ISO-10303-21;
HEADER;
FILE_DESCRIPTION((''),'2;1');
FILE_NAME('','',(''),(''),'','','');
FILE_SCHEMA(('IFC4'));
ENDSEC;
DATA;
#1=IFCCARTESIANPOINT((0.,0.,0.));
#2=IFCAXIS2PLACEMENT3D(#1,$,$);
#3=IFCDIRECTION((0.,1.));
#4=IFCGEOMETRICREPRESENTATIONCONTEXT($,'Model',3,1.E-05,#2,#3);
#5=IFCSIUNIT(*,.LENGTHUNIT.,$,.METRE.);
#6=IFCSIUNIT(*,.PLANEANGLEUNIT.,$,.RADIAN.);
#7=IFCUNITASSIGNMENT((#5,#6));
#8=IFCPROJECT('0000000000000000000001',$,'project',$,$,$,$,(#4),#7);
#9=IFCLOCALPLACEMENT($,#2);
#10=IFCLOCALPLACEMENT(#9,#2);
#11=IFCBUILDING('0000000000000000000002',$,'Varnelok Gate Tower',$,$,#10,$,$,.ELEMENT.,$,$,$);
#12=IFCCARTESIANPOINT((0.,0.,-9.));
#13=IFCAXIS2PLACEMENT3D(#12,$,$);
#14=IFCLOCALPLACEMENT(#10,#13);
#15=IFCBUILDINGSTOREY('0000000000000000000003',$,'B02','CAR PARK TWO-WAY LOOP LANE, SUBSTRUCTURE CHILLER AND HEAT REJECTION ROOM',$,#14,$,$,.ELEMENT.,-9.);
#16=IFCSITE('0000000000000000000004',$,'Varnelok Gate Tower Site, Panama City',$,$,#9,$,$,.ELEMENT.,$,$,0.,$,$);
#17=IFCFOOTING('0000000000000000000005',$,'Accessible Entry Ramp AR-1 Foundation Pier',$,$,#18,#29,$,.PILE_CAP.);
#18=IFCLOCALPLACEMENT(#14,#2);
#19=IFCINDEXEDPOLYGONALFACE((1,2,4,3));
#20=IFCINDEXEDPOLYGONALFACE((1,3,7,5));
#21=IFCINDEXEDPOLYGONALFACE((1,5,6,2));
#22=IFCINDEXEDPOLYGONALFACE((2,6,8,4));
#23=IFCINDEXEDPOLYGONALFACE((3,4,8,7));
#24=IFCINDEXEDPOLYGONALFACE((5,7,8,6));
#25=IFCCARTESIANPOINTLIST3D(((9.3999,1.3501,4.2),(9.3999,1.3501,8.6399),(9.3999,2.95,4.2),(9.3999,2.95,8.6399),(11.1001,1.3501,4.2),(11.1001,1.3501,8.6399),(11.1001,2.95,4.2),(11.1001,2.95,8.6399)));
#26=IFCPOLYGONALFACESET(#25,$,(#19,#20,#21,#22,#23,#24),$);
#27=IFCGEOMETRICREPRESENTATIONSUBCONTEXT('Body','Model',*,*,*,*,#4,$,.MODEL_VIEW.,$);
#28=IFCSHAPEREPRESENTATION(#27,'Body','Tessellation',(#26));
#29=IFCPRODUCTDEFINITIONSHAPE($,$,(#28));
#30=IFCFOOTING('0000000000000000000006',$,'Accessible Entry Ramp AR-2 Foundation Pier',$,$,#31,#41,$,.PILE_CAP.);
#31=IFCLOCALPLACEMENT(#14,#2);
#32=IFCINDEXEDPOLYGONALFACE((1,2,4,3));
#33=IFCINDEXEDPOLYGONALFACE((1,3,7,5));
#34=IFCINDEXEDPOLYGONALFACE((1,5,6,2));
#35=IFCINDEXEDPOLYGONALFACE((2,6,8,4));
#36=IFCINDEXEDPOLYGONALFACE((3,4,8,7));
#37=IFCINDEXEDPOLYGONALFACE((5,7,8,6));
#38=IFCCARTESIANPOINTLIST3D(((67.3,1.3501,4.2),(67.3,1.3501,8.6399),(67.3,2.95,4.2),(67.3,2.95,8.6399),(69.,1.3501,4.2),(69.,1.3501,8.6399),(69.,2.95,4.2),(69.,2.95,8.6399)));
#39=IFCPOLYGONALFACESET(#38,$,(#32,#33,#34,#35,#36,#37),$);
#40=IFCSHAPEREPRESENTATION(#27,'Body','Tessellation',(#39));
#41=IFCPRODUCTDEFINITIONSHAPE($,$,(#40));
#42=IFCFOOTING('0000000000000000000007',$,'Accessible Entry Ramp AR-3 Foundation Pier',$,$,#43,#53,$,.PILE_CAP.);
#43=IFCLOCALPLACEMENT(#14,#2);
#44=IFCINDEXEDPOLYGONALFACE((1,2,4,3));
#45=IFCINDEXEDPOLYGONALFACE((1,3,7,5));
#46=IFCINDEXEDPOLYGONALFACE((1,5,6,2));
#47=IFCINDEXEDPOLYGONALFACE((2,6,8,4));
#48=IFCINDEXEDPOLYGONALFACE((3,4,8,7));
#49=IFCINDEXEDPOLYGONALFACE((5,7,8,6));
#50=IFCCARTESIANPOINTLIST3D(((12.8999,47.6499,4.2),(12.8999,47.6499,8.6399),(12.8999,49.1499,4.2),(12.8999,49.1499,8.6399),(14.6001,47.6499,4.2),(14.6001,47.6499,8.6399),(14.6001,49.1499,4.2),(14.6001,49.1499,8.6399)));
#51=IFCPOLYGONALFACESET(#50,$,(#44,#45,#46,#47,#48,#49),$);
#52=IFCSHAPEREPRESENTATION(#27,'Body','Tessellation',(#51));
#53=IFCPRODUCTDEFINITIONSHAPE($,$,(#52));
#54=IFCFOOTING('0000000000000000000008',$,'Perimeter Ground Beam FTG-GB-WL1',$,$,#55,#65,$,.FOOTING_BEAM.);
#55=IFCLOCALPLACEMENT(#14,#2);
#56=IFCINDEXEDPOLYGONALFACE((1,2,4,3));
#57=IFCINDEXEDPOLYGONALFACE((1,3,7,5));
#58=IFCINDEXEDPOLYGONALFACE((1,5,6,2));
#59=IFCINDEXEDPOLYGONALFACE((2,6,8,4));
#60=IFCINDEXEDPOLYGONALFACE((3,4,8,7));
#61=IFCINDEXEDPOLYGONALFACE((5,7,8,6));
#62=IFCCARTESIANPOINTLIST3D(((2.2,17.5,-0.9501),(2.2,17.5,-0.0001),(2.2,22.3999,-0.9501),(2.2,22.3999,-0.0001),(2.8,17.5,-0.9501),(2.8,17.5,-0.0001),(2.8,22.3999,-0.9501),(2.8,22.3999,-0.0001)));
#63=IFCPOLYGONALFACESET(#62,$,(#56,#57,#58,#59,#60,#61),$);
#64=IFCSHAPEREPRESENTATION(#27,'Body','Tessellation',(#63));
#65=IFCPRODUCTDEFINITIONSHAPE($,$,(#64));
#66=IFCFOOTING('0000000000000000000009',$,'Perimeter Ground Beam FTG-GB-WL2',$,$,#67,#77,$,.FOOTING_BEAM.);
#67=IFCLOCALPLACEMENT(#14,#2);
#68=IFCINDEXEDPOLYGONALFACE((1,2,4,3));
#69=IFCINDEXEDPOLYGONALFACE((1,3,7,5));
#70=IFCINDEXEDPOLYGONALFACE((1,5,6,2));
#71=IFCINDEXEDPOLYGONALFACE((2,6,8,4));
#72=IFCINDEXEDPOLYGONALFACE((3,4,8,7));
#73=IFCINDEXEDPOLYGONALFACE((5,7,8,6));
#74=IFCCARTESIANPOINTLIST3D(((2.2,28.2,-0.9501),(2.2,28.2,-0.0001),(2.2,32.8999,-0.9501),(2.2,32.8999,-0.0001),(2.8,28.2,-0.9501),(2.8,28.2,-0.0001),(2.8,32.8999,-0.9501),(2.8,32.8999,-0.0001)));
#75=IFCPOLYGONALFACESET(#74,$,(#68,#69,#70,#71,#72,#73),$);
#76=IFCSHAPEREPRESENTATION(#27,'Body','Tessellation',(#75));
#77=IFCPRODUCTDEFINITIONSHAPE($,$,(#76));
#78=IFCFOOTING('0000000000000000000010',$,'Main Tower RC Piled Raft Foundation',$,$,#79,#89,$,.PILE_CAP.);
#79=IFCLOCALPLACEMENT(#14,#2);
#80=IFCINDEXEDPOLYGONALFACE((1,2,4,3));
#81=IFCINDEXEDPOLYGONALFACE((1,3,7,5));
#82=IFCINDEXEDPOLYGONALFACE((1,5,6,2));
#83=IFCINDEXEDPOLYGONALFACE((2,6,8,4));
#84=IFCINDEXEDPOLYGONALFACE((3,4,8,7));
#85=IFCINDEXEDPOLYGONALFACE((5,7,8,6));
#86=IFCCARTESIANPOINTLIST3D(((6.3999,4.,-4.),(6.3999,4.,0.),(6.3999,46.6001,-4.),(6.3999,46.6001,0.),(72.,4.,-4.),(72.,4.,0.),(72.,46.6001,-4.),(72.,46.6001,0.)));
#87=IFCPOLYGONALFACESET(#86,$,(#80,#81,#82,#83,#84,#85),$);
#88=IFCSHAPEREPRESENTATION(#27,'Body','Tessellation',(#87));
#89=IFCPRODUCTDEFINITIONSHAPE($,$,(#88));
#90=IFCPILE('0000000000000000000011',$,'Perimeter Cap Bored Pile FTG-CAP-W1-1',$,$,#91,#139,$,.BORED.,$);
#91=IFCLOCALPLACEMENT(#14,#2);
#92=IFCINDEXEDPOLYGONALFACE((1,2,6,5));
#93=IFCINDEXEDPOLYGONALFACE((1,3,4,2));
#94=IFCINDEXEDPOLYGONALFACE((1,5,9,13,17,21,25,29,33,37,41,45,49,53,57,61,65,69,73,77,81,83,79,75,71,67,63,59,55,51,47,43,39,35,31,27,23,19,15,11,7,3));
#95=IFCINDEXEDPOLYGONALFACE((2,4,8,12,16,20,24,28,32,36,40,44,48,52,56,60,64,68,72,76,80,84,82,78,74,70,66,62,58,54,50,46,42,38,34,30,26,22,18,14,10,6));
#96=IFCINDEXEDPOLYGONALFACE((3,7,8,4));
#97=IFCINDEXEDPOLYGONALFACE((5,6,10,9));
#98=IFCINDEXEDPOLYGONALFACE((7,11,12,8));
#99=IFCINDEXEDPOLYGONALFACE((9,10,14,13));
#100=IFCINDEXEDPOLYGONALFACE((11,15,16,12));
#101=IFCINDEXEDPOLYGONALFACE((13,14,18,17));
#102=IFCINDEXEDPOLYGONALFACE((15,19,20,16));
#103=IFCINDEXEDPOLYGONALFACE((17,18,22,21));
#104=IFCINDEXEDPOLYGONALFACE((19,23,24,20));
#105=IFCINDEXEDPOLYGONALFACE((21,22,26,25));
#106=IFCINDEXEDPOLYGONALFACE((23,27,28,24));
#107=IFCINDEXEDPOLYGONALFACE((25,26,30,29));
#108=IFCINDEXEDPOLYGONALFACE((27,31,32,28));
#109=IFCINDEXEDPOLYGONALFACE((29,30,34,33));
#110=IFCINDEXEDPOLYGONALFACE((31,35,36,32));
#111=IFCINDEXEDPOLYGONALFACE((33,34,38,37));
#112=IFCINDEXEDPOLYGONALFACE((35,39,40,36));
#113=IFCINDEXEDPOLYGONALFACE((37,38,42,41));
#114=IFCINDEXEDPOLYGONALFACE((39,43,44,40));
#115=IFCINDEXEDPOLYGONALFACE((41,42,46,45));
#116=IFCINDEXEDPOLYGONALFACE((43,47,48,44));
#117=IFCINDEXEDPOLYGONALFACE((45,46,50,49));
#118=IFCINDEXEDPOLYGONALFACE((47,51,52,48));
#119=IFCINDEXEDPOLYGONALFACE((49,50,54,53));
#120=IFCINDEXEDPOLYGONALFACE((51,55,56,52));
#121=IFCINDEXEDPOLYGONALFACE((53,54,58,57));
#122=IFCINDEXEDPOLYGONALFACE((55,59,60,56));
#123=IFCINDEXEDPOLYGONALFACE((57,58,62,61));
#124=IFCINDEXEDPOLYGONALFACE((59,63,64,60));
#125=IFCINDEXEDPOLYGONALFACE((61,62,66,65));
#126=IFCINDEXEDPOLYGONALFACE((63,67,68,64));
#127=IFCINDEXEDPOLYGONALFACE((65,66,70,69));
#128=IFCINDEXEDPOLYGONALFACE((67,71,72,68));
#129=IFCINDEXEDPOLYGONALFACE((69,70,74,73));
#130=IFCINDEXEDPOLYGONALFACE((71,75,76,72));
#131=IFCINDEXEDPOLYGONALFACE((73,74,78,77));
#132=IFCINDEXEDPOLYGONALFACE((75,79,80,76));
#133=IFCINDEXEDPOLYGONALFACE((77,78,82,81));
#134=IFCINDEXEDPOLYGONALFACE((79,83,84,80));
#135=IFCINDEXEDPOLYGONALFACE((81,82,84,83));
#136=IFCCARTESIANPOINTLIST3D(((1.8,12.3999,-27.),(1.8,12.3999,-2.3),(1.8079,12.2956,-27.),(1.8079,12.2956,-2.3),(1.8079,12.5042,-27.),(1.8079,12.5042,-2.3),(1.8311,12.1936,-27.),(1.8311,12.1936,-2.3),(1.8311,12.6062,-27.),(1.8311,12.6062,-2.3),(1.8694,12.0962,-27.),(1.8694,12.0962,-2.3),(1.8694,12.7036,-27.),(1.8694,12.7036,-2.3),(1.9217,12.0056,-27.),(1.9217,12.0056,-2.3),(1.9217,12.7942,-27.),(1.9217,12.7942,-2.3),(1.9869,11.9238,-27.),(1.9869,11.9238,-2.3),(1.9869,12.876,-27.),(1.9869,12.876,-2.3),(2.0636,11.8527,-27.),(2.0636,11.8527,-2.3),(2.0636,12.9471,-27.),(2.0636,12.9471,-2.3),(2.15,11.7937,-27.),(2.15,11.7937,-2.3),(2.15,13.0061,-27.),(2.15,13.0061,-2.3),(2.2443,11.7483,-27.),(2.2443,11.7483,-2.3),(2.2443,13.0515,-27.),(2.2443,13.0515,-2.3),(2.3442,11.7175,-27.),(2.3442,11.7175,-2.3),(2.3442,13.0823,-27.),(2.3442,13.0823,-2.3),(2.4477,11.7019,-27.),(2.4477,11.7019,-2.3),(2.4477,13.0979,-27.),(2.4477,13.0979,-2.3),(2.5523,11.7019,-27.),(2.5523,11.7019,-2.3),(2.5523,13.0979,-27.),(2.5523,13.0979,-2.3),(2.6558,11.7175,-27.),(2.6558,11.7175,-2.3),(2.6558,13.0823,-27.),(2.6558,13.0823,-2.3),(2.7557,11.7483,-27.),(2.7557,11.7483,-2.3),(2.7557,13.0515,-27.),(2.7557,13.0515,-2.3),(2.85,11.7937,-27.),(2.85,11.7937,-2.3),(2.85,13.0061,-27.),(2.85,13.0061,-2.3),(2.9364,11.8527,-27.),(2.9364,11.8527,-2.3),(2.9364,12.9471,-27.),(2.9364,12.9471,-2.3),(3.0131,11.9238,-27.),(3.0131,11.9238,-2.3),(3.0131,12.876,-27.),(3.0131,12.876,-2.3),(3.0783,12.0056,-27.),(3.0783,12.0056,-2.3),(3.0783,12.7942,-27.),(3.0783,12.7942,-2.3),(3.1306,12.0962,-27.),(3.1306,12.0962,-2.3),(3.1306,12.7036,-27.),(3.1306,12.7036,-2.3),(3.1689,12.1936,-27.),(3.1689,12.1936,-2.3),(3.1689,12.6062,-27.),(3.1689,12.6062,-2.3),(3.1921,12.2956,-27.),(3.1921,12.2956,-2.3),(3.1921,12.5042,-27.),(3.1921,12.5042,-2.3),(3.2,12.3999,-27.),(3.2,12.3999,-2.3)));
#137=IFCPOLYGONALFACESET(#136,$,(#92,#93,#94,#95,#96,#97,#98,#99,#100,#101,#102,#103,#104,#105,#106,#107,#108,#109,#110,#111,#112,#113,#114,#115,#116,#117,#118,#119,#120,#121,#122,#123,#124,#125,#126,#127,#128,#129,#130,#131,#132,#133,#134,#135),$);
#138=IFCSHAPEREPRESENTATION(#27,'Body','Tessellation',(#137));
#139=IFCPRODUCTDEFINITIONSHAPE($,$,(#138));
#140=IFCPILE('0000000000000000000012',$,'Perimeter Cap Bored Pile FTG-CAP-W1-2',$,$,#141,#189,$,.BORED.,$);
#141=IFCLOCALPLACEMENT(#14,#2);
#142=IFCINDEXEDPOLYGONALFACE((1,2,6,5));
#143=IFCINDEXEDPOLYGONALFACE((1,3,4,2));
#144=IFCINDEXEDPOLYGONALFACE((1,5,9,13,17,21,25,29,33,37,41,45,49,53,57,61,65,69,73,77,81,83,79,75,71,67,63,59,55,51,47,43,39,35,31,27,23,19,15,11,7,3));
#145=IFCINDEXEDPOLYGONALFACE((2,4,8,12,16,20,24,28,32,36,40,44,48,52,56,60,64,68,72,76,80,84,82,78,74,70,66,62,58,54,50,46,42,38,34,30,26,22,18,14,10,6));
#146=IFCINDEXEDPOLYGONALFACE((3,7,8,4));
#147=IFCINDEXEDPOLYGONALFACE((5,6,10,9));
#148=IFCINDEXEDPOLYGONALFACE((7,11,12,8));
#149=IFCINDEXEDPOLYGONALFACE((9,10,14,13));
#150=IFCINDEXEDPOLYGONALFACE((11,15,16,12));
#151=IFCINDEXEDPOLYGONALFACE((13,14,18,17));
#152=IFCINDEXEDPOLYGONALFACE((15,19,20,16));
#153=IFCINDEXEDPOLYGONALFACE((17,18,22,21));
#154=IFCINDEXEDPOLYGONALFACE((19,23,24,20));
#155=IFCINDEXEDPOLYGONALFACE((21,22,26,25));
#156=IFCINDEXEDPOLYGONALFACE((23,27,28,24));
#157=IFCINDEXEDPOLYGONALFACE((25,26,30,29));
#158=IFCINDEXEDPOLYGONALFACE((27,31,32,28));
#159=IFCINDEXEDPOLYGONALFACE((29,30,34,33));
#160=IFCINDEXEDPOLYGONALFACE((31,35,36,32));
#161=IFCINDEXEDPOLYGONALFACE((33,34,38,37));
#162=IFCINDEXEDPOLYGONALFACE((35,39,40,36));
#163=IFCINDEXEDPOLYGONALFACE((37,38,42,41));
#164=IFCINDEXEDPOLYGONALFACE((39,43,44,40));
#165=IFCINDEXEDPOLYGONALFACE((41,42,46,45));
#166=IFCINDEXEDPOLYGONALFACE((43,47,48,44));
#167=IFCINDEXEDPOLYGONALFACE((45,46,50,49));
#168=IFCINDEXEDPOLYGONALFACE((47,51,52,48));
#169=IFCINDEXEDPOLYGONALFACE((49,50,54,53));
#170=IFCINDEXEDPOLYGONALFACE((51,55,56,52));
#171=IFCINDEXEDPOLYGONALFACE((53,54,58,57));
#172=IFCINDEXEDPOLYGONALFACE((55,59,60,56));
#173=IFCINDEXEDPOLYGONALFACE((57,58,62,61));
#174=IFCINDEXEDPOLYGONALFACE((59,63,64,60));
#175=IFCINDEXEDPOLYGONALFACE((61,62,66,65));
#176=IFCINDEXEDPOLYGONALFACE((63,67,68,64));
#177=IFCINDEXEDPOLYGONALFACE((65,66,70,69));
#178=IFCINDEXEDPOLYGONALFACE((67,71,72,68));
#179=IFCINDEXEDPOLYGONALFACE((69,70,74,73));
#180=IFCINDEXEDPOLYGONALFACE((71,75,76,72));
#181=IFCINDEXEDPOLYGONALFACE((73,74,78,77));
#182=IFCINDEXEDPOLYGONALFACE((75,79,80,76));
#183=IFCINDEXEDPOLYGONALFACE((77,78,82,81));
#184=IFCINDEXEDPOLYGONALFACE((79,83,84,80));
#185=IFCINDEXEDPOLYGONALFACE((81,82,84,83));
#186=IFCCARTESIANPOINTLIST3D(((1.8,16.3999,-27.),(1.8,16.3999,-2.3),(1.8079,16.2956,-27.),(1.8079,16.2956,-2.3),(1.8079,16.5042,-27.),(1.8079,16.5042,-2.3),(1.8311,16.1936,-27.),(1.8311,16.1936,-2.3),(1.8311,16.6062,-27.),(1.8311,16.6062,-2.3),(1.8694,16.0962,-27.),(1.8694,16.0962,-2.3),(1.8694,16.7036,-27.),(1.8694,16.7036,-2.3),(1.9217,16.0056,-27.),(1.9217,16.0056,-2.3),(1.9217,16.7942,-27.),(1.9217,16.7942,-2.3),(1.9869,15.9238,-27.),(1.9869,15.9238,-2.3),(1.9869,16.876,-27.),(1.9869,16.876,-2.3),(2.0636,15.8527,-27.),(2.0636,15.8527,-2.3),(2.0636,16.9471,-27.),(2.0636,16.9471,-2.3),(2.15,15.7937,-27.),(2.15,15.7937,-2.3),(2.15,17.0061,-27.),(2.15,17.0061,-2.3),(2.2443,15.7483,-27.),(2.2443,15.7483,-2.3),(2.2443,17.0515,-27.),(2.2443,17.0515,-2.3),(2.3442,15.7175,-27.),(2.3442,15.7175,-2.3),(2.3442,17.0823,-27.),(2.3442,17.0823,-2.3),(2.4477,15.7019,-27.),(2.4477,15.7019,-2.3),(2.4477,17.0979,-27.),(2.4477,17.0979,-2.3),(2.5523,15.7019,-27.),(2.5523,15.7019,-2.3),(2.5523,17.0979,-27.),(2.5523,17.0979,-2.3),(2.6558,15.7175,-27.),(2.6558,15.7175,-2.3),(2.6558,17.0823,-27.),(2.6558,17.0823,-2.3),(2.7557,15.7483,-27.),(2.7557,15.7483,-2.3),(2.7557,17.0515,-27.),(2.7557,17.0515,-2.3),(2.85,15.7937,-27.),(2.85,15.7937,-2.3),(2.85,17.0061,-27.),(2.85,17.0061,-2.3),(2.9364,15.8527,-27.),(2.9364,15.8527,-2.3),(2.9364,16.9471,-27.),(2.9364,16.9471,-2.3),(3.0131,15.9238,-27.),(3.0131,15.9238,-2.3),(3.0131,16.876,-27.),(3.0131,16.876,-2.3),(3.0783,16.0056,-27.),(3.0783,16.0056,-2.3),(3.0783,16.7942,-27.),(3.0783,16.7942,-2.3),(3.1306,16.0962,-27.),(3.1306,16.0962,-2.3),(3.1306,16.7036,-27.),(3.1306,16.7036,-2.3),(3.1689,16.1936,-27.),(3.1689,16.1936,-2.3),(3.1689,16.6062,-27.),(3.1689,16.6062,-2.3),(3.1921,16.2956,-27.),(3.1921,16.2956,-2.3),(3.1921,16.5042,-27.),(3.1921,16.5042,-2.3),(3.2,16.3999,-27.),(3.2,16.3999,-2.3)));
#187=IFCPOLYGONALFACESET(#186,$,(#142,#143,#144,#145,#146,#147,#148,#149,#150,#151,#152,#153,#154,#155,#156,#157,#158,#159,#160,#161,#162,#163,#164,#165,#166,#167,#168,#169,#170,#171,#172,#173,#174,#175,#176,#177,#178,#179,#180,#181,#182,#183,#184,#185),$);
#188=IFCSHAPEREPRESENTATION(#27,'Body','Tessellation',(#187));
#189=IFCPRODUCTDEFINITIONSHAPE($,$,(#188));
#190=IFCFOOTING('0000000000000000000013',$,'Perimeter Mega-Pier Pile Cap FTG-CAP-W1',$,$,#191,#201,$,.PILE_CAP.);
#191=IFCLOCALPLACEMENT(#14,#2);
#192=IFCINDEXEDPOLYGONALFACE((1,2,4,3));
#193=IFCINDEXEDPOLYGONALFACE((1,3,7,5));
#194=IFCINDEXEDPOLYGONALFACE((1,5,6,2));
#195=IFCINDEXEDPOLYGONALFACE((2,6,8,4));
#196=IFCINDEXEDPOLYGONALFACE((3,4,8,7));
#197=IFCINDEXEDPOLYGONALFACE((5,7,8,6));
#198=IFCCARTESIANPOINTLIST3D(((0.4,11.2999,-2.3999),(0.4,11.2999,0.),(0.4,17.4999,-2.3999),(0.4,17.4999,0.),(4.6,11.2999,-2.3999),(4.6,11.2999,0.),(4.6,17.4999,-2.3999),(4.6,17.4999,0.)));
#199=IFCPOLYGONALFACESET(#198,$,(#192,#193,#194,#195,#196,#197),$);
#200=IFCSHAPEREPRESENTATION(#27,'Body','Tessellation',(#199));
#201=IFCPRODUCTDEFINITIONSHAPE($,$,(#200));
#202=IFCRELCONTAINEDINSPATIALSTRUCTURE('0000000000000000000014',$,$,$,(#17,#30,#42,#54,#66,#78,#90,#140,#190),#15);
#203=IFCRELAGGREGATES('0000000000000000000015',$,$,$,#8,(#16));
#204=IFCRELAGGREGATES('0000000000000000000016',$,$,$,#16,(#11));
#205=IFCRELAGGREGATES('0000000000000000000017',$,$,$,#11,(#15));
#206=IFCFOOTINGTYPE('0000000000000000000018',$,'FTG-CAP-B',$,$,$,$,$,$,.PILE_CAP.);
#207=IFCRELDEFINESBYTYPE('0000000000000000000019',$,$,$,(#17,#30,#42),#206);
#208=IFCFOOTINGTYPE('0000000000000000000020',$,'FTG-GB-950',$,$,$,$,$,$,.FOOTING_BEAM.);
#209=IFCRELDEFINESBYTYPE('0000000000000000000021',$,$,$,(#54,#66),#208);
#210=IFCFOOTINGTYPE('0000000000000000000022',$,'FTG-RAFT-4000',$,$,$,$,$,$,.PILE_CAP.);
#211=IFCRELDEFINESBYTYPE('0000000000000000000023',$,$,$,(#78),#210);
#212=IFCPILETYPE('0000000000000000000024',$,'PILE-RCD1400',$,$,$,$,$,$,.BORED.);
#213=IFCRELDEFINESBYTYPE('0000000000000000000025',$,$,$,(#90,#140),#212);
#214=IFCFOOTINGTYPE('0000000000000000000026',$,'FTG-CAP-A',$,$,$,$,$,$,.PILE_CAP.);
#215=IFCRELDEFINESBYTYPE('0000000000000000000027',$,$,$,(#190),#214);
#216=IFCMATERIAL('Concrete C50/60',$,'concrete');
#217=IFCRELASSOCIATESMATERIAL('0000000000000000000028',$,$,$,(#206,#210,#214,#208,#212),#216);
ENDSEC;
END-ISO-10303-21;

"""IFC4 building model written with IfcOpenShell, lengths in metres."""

from ifc_helpers import new_model, si_unit, direction, frame, origin, origin_2d, place, context, subcontext, project, spatial, polyline, rectangle, circle, outline, extrude, source, transform, mapped, material, material_profile, profile_set, type_object, element, save


model = new_model("IFC4")

# Units and contexts
model_context = context("Model", 3, precision=1e-05, world=origin(), true_north=direction((0.0, 1.0)))
body_context = subcontext(model_context, "Body", "Model", "MODEL_VIEW")
ifc_project = project(units=[si_unit("LENGTHUNIT", "METRE"), si_unit("PLANEANGLEUNIT", "RADIAN")], contexts=[model_context])

# Site, building, storey
site_placement = place(None, origin())
site = spatial("IfcSite", under=ifc_project, at=site_placement, Name="Varnelok Gate Tower Site, Panama City", CompositionType="ELEMENT", RefElevation=0.0)
building_placement = place(site_placement, origin())
building = spatial("IfcBuilding", under=site, at=building_placement, Name="Varnelok Gate Tower", CompositionType="ELEMENT")
storey_placement = place(building_placement, frame((0.0, 0.0, -9.0)))
storey = spatial("IfcBuildingStorey", under=building, at=storey_placement, Name="B02", Description="CAR PARK TWO-WAY LOOP LANE, SUBSTRUCTURE CHILLER AND HEAT REJECTION ROOM", CompositionType="ELEMENT", Elevation=-9.0)

# Footings
ifc_material_1 = material(Name="Concrete C50/60", Category="concrete")
footing_type_1 = type_object("IfcFootingType", Name="FTG-CAP-B", PredefinedType="PILE_CAP", material=ifc_material_1)
footing_1_placement = place(storey_placement, frame((0.0, 0.0, 4.2)))
element("IfcFooting", 1, at=footing_1_placement, inside=storey, type_object=footing_type_1, Name="Accessible Entry Ramp AR-1 Foundation Pier", PredefinedType="PILE_CAP", context=body_context, shape_type="SweptSolid", body=[
    extrude(outline(polyline([(9.3999, 1.3501), (11.1001, 1.3501), (11.1001, 2.95), (9.3999, 2.95), (9.3999, 1.3501)])), origin(), (0.0, 0.0, 1.0), 4.4399),
])
footing_2_placement = place(storey_placement, frame((0.0, 0.0, 4.2)))
element("IfcFooting", 2, at=footing_2_placement, inside=storey, type_object=footing_type_1, Name="Accessible Entry Ramp AR-2 Foundation Pier", PredefinedType="PILE_CAP", context=body_context, shape_type="SweptSolid", body=[
    extrude(outline(polyline([(67.3, 1.3501), (69.0, 1.3501), (69.0, 2.95), (67.3, 2.95), (67.3, 1.3501)])), origin(), (0.0, 0.0, 1.0), 4.4399),
])
footing_3_placement = place(storey_placement, frame((0.0, 0.0, 4.2)))
element("IfcFooting", 3, at=footing_3_placement, inside=storey, type_object=footing_type_1, Name="Accessible Entry Ramp AR-3 Foundation Pier", PredefinedType="PILE_CAP", context=body_context, shape_type="SweptSolid", body=[
    extrude(outline(polyline([(12.8999, 47.6499), (14.6001, 47.6499), (14.6001, 49.1499), (12.8999, 49.1499), (12.8999, 47.6499)])), origin(), (0.0, 0.0, 1.0), 4.4399),
])
ifc_material_profile_1 = material_profile(ifc_material_1, rectangle(XDim=0.6001, YDim=0.95, at=origin_2d()), Name="RC950X600")
ifc_profile_set_1 = profile_set([ifc_material_profile_1], Name="Concrete C50/60")
footing_type_2 = type_object("IfcFootingType", Name="FTG-GB-950", PredefinedType="FOOTING_BEAM", material=ifc_profile_set_1)
footing_4_placement = place(storey_placement, frame((2.5, 17.5, -0.4751), z_axis=(0.0, 1.0, 0.0), x_axis=(-1.0, 0.0, 0.0)))
element("IfcFooting", 4, at=footing_4_placement, inside=storey, type_object=footing_type_2, Name="Perimeter Ground Beam FTG-GB-WL1", PredefinedType="FOOTING_BEAM", context=body_context, shape_type="SweptSolid", body=[
    extrude(rectangle(XDim=0.6001, YDim=0.95, at=origin_2d()), origin(), (0.0, 0.0, 1.0), 4.8999),
])
footing_5_placement = place(storey_placement, frame((2.5, 28.2, -0.4751), z_axis=(0.0, 1.0, 0.0), x_axis=(-1.0, 0.0, 0.0)))
element("IfcFooting", 5, at=footing_5_placement, inside=storey, type_object=footing_type_2, Name="Perimeter Ground Beam FTG-GB-WL2", PredefinedType="FOOTING_BEAM", context=body_context, shape_type="SweptSolid", body=[
    extrude(rectangle(XDim=0.6001, YDim=0.95, at=origin_2d()), origin(), (0.0, 0.0, 1.0), 4.7),
])
footing_type_3 = type_object("IfcFootingType", Name="FTG-RAFT-4000", PredefinedType="PILE_CAP", material=ifc_material_1)
footing_6_placement = place(storey_placement, frame((0.0, 0.0, -4.0)))
element("IfcFooting", 6, at=footing_6_placement, inside=storey, type_object=footing_type_3, Name="Main Tower RC Piled Raft Foundation", PredefinedType="PILE_CAP", context=body_context, shape_type="SweptSolid", body=[
    extrude(outline(polyline([(6.3999, 4.0), (72.0, 4.0), (72.0, 46.6001), (6.3999, 46.6001), (6.3999, 4.0)])), origin(), (0.0, 0.0, 1.0), 4.0),
])

# Piles
ifc_material_profile_2 = material_profile(ifc_material_1, circle(Radius=0.7, at=origin_2d()), Name="RCD1400")
ifc_profile_set_2 = profile_set([ifc_material_profile_2], Name="Concrete C50/60")
pile_type = type_object("IfcPileType", Name="PILE-RCD1400", PredefinedType="BORED", material=ifc_profile_set_2)
for number, where, z_axis, x_axis, name in (
    (7, (2.5, 12.3999, -2.3), (0.0, 0.0, -1.0), (1.0, 0.0, 0.0), "Perimeter Cap Bored Pile FTG-CAP-W1-1"),
    (8, (2.5, 16.3999, -2.3), (0.0, 0.0, -1.0), (1.0, 0.0, 0.0), "Perimeter Cap Bored Pile FTG-CAP-W1-2"),
):
    element("IfcPile", number, at=place(storey_placement, frame(where, z_axis=z_axis, x_axis=x_axis)), inside=storey, type_object=pile_type, Name=name, PredefinedType="BORED", context=body_context, shape_type="SweptSolid", body=[
        extrude(circle(Radius=0.7, at=origin_2d()), origin(), (0.0, 0.0, 1.0), 24.7),
    ])

# Footing
footing_type_4 = type_object("IfcFootingType", Name="FTG-CAP-A", PredefinedType="PILE_CAP", material=ifc_material_1)
shared_shape_1 = source(origin(), body_context, "Body", "SweptSolid", [
    extrude(rectangle(XDim=4.2, YDim=6.2, at=origin_2d()), origin(), (0.0, 0.0, 1.0), 2.3999),
])
footing_7_placement = place(storey_placement, frame((2.5, 14.3999, -2.3999), z_axis=(0.0, 0.0, 1.0), x_axis=(1.0, 0.0, 0.0)))
element("IfcFooting", 9, at=footing_7_placement, inside=storey, type_object=footing_type_4, Name="Perimeter Mega-Pier Pile Cap FTG-CAP-W1", PredefinedType="PILE_CAP", context=body_context, shape_type="MappedRepresentation", body=[
    mapped(shared_shape_1, transform((0.0, 0.0, 0.0), scale=1.0)),
])

save(model, "model.ifc")
